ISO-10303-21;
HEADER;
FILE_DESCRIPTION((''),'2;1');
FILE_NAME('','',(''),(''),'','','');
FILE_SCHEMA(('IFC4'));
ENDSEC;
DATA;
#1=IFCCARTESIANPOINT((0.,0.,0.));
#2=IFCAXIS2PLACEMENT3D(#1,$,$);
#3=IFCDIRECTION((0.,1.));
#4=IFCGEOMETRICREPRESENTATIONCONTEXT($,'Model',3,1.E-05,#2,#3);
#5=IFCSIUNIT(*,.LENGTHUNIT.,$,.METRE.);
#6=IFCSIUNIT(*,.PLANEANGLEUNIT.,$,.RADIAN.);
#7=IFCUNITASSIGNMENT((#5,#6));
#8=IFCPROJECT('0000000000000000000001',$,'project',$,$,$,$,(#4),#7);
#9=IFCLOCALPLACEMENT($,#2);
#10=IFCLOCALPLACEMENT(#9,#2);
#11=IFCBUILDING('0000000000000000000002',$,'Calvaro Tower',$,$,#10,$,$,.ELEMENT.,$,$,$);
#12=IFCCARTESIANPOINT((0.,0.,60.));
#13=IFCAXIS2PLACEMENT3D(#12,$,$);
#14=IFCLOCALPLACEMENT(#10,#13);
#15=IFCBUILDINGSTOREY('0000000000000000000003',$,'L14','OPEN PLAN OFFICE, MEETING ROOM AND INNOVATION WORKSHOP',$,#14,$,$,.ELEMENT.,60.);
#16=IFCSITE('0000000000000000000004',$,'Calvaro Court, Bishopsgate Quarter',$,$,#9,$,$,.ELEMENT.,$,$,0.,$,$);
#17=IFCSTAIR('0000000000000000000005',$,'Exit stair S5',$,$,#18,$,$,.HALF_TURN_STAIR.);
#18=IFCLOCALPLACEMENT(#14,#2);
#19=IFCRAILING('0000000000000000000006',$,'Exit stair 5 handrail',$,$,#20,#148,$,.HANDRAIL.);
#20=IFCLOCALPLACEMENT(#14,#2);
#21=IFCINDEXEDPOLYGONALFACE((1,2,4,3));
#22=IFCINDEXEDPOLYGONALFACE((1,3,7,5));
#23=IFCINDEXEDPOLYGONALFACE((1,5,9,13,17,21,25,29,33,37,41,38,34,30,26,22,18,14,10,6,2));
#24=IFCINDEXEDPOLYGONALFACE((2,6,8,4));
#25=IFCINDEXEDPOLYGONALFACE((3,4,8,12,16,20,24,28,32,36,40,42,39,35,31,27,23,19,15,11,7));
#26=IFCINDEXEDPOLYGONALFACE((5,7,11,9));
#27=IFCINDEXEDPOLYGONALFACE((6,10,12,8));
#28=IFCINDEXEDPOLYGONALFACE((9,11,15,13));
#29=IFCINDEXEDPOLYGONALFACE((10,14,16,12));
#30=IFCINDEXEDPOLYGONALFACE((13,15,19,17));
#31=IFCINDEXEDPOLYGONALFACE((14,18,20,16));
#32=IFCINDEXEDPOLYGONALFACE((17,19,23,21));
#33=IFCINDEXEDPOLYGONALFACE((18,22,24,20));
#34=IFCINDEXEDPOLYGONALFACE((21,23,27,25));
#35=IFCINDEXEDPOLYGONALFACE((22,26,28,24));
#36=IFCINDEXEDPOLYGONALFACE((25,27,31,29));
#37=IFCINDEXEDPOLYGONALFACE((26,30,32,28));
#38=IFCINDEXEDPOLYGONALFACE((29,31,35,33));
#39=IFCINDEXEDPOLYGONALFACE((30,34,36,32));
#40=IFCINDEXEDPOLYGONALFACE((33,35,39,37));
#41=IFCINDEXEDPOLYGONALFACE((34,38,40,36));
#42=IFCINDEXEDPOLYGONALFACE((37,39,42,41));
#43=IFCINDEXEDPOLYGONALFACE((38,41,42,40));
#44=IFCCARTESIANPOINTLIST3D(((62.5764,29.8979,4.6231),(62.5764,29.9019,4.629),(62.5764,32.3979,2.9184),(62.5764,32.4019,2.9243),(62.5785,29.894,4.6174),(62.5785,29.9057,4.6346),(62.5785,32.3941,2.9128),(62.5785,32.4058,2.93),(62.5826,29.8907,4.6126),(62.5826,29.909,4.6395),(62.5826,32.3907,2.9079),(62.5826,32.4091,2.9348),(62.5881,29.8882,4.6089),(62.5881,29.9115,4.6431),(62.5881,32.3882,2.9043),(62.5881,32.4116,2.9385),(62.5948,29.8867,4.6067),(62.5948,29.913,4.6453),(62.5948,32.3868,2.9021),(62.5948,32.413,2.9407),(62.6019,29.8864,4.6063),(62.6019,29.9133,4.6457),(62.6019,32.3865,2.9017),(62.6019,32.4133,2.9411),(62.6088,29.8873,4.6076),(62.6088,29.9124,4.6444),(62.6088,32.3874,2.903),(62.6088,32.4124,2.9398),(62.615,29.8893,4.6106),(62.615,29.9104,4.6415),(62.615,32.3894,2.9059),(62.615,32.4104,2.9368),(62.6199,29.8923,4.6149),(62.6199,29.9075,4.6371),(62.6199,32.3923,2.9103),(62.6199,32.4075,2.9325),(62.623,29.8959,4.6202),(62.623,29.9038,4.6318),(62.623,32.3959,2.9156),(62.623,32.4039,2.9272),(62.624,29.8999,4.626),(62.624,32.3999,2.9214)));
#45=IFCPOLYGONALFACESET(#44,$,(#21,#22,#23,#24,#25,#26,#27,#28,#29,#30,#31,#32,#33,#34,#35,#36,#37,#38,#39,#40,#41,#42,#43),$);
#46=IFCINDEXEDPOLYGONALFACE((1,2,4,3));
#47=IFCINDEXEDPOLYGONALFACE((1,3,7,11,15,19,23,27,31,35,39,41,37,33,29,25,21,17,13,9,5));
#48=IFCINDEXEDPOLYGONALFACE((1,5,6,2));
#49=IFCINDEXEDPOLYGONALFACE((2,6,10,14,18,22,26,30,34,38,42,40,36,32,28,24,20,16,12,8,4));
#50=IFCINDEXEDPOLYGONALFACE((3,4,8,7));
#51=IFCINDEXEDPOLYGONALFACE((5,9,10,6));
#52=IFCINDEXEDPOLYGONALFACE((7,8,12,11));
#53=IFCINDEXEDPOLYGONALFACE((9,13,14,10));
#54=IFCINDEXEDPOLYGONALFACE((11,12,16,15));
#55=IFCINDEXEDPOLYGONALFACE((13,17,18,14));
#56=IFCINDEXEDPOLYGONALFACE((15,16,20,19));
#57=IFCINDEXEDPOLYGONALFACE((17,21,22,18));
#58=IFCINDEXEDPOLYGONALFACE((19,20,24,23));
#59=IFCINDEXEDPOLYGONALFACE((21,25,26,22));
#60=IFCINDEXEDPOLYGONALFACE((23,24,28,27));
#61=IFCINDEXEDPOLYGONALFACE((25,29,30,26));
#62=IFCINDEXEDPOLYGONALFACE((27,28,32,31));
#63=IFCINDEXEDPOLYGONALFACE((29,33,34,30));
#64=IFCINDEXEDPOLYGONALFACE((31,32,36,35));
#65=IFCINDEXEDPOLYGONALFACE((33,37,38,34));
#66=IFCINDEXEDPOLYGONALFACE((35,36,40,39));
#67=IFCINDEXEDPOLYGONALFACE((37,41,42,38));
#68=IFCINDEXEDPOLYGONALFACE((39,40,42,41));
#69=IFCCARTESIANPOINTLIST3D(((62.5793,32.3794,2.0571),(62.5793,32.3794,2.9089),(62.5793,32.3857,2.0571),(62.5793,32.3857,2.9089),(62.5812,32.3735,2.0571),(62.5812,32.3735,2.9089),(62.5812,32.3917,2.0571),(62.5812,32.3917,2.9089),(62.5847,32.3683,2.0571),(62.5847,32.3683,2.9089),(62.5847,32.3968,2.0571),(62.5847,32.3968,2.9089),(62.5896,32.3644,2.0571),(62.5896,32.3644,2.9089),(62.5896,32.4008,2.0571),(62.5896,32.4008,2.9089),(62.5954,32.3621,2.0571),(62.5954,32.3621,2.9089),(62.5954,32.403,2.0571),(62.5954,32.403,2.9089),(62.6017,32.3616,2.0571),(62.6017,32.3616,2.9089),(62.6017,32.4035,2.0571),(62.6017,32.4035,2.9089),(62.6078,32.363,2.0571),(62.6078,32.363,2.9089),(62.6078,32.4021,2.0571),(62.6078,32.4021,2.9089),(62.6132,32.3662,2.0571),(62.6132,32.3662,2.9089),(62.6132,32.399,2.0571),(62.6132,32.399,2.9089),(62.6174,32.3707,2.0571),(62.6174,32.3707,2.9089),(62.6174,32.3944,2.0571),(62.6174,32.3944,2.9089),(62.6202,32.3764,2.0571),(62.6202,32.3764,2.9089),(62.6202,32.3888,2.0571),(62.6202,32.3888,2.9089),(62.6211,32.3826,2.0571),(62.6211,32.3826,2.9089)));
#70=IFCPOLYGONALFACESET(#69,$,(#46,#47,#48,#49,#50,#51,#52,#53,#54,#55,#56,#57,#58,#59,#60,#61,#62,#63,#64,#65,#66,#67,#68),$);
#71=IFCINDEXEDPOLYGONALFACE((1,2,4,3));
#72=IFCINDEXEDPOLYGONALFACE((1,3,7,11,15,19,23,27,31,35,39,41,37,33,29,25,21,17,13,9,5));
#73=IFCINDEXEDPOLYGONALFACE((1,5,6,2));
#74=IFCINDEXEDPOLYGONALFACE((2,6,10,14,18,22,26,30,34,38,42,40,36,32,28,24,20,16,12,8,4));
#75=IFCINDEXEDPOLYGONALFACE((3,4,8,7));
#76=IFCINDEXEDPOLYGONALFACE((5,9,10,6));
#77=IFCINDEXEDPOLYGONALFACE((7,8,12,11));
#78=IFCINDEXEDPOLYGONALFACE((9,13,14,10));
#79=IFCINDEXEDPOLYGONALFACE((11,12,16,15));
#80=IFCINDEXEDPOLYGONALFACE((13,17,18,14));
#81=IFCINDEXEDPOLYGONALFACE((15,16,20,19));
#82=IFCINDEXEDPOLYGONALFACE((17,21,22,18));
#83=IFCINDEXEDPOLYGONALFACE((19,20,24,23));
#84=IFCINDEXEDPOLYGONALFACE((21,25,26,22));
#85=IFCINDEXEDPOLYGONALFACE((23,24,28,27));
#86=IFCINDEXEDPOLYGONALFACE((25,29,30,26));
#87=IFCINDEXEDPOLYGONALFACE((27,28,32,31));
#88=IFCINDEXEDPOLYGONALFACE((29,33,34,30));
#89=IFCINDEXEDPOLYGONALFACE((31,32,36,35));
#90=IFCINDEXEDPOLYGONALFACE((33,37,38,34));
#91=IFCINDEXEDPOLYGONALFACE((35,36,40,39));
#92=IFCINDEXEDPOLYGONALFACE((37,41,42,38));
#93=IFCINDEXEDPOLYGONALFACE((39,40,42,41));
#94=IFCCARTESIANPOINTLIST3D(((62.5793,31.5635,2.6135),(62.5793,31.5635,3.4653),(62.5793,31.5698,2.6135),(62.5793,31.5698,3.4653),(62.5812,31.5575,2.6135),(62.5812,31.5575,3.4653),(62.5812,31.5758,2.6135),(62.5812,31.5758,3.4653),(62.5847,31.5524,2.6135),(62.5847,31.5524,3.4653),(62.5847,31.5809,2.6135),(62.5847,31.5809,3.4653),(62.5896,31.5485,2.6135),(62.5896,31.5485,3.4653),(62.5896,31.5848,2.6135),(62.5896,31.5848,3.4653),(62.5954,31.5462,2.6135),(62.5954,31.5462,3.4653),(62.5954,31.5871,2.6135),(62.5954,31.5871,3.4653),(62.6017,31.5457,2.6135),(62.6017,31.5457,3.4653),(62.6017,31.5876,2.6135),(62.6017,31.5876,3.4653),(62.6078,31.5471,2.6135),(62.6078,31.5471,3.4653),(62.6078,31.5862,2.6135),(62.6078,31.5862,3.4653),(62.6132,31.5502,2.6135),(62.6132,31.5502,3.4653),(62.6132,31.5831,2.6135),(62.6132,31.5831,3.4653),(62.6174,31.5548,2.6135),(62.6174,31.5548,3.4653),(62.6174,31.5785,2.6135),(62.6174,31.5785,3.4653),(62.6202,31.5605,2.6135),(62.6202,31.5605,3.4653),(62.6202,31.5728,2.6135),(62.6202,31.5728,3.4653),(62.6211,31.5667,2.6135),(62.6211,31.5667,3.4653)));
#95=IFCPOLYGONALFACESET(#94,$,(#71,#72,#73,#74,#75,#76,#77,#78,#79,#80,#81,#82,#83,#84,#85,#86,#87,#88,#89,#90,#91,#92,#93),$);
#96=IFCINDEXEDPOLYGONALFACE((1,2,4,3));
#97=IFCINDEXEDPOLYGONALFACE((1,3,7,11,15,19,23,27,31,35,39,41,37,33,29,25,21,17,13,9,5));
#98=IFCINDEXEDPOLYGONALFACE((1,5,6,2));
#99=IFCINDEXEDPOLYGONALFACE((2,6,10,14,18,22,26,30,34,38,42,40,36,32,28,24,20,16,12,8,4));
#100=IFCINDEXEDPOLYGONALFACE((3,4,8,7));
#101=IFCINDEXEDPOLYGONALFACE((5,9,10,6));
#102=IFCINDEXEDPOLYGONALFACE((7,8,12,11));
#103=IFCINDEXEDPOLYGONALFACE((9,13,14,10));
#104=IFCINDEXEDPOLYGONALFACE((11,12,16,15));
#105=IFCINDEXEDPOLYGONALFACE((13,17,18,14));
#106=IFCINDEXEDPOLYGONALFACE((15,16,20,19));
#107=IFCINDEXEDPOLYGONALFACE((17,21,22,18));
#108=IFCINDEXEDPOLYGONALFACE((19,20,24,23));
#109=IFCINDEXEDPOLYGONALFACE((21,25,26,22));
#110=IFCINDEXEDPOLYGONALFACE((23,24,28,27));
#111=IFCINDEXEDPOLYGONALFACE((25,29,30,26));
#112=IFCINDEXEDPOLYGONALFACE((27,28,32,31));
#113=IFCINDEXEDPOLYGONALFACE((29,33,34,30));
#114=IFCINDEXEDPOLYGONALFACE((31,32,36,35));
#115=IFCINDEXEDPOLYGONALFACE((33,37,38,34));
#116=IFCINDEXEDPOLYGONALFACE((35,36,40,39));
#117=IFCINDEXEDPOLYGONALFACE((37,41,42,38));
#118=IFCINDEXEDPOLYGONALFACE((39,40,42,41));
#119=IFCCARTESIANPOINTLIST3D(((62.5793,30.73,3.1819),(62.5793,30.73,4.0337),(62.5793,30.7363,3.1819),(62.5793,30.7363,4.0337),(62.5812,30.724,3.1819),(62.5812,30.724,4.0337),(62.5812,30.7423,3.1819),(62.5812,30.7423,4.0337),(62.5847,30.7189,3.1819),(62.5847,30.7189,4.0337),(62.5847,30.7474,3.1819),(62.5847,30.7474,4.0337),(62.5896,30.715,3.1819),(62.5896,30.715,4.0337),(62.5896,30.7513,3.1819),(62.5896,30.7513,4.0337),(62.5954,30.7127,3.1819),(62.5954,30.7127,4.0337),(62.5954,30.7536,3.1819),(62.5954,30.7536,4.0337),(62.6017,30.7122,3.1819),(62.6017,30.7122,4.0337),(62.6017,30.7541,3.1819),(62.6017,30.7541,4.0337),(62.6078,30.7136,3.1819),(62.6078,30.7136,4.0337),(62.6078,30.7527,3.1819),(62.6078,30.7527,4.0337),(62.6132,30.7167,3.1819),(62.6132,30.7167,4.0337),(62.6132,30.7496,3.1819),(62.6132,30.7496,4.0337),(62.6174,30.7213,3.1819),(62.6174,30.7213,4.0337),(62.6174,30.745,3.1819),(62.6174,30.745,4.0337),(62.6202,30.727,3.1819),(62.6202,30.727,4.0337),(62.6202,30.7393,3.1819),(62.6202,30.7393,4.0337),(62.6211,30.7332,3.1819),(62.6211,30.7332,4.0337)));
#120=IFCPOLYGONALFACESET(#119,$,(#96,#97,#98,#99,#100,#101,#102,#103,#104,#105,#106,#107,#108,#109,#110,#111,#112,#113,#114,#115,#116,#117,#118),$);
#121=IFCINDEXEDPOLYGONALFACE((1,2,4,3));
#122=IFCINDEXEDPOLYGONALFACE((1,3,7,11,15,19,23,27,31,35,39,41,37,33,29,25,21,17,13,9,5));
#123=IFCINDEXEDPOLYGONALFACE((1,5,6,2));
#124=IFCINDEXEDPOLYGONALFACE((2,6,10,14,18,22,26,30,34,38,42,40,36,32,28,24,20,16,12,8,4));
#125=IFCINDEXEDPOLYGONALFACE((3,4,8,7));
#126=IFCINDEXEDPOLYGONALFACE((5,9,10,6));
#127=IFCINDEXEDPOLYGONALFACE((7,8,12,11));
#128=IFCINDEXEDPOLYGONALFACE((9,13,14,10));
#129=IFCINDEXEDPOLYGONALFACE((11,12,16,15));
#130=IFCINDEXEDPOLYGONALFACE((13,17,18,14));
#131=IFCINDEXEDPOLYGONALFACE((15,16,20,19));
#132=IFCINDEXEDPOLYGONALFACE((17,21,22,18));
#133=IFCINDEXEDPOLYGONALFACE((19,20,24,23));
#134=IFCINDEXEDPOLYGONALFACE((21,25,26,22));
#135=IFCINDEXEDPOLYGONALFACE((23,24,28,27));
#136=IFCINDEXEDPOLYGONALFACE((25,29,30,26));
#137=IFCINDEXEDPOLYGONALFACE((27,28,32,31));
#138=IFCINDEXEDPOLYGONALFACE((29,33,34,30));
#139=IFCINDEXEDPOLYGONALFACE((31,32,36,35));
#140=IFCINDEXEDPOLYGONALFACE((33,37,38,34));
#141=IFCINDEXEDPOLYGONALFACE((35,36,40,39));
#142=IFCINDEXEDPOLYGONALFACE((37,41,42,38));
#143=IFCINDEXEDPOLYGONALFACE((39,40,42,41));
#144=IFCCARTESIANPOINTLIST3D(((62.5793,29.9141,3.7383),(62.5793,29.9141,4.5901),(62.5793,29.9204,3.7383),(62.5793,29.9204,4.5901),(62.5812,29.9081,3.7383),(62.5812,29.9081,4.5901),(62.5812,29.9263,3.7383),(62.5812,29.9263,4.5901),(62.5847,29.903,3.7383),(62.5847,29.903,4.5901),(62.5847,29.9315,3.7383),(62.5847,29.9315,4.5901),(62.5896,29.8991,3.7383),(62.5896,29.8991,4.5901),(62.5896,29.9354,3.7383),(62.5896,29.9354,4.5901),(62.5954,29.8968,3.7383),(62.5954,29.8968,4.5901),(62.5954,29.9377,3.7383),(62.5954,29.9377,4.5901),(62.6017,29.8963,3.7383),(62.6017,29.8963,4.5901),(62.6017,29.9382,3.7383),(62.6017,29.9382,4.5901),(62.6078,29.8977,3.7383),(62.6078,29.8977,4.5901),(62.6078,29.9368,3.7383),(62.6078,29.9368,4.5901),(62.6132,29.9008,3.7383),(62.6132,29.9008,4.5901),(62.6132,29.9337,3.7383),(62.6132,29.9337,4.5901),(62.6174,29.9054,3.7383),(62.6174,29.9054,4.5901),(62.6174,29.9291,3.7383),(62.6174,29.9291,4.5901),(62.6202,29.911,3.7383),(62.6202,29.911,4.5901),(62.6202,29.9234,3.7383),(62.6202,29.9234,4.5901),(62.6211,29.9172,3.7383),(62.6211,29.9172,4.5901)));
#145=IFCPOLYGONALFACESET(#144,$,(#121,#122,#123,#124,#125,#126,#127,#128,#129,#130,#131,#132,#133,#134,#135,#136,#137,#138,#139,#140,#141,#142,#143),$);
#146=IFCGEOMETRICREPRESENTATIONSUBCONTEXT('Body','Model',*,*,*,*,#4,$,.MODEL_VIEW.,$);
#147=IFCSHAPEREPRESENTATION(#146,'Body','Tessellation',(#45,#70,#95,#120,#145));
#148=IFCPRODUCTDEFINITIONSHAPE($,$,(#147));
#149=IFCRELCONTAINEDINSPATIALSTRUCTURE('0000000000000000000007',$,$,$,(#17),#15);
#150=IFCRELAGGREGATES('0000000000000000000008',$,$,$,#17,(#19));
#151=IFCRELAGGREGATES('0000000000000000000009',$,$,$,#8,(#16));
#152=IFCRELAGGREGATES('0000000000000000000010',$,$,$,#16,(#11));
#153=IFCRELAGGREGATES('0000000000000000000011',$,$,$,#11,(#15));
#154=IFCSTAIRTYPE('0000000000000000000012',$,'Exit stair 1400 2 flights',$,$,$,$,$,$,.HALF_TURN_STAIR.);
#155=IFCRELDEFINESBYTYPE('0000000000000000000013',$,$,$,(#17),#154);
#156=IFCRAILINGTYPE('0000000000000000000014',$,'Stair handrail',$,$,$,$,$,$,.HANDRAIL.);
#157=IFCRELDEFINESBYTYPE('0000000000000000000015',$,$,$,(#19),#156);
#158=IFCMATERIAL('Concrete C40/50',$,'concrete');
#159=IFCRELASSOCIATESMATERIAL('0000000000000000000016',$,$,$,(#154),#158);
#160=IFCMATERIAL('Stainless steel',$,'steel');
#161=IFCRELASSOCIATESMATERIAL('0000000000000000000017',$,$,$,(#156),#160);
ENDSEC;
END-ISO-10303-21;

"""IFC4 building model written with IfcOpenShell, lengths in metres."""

from ifc_helpers import new_model, si_unit, direction, frame, origin, origin_2d, place, context, subcontext, project, spatial, circle, extrude, material, type_object, element, aggregate, save


model = new_model("IFC4")

# Units and contexts
model_context = context("Model", 3, precision=1e-05, world=origin(), true_north=direction((0.0, 1.0)))
body_context = subcontext(model_context, "Body", "Model", "MODEL_VIEW")
ifc_project = project(units=[si_unit("LENGTHUNIT", "METRE"), si_unit("PLANEANGLEUNIT", "RADIAN")], contexts=[model_context])

# Site, building, storey
site_placement = place(None, origin())
site = spatial("IfcSite", under=ifc_project, at=site_placement, Name="Calvaro Court, Bishopsgate Quarter", CompositionType="ELEMENT", RefElevation=0.0)
building_placement = place(site_placement, origin())
building = spatial("IfcBuilding", under=site, at=building_placement, Name="Calvaro Tower", CompositionType="ELEMENT")
storey_placement = place(building_placement, frame((0.0, 0.0, 60.0)))
storey = spatial("IfcBuildingStorey", under=building, at=storey_placement, Name="L14", Description="OPEN PLAN OFFICE, MEETING ROOM AND INNOVATION WORKSHOP", CompositionType="ELEMENT", Elevation=60.0)

# Stair, railing
ifc_material_1 = material(Name="Concrete C40/50", Category="concrete")
stair_type = type_object("IfcStairType", Name="Exit stair 1400 2 flights", PredefinedType="HALF_TURN_STAIR", material=ifc_material_1)
stair_placement = place(storey_placement, origin())
stair = element("IfcStair", 1, at=stair_placement, inside=storey, type_object=stair_type, Name="Exit stair S5", PredefinedType="HALF_TURN_STAIR")
ifc_material_2 = material(Name="Stainless steel", Category="steel")
railing_type = type_object("IfcRailingType", Name="Stair handrail", PredefinedType="HANDRAIL", material=ifc_material_2)
railing_1_placement = place(storey_placement, frame((62.6001, 32.3999, 2.0454)))
railing_1 = element("IfcRailing", 2, at=railing_1_placement, type_object=railing_type, Name="Exit stair 5 handrail", PredefinedType="HANDRAIL", context=body_context, shape_type="SweptSolid", body=[
    extrude(circle(Radius=0.0239, at=origin_2d()), frame((0.0, 0.0, 0.876), z_axis=(0.0, -0.826221, 0.563347), x_axis=(1.0, 0.0, 0.0)), (0.0, 0.0, 1.0), 3.0259),
    extrude(circle(Radius=0.021, at=origin_2d()), frame((0.0, -0.0173, 0.0117)), (0.0, 0.0, 1.0), 0.8518),
    extrude(circle(Radius=0.021, at=origin_2d()), frame((0.0, -0.8333, 0.5681)), (0.0, 0.0, 1.0), 0.8518),
    extrude(circle(Radius=0.021, at=origin_2d()), frame((0.0, -1.6667, 1.1365)), (0.0, 0.0, 1.0), 0.8518),
    extrude(circle(Radius=0.021, at=origin_2d()), frame((0.0, -2.4827, 1.6929)), (0.0, 0.0, 1.0), 0.8518),
])
aggregate(stair, [railing_1])

save(model, "model.ifc")
